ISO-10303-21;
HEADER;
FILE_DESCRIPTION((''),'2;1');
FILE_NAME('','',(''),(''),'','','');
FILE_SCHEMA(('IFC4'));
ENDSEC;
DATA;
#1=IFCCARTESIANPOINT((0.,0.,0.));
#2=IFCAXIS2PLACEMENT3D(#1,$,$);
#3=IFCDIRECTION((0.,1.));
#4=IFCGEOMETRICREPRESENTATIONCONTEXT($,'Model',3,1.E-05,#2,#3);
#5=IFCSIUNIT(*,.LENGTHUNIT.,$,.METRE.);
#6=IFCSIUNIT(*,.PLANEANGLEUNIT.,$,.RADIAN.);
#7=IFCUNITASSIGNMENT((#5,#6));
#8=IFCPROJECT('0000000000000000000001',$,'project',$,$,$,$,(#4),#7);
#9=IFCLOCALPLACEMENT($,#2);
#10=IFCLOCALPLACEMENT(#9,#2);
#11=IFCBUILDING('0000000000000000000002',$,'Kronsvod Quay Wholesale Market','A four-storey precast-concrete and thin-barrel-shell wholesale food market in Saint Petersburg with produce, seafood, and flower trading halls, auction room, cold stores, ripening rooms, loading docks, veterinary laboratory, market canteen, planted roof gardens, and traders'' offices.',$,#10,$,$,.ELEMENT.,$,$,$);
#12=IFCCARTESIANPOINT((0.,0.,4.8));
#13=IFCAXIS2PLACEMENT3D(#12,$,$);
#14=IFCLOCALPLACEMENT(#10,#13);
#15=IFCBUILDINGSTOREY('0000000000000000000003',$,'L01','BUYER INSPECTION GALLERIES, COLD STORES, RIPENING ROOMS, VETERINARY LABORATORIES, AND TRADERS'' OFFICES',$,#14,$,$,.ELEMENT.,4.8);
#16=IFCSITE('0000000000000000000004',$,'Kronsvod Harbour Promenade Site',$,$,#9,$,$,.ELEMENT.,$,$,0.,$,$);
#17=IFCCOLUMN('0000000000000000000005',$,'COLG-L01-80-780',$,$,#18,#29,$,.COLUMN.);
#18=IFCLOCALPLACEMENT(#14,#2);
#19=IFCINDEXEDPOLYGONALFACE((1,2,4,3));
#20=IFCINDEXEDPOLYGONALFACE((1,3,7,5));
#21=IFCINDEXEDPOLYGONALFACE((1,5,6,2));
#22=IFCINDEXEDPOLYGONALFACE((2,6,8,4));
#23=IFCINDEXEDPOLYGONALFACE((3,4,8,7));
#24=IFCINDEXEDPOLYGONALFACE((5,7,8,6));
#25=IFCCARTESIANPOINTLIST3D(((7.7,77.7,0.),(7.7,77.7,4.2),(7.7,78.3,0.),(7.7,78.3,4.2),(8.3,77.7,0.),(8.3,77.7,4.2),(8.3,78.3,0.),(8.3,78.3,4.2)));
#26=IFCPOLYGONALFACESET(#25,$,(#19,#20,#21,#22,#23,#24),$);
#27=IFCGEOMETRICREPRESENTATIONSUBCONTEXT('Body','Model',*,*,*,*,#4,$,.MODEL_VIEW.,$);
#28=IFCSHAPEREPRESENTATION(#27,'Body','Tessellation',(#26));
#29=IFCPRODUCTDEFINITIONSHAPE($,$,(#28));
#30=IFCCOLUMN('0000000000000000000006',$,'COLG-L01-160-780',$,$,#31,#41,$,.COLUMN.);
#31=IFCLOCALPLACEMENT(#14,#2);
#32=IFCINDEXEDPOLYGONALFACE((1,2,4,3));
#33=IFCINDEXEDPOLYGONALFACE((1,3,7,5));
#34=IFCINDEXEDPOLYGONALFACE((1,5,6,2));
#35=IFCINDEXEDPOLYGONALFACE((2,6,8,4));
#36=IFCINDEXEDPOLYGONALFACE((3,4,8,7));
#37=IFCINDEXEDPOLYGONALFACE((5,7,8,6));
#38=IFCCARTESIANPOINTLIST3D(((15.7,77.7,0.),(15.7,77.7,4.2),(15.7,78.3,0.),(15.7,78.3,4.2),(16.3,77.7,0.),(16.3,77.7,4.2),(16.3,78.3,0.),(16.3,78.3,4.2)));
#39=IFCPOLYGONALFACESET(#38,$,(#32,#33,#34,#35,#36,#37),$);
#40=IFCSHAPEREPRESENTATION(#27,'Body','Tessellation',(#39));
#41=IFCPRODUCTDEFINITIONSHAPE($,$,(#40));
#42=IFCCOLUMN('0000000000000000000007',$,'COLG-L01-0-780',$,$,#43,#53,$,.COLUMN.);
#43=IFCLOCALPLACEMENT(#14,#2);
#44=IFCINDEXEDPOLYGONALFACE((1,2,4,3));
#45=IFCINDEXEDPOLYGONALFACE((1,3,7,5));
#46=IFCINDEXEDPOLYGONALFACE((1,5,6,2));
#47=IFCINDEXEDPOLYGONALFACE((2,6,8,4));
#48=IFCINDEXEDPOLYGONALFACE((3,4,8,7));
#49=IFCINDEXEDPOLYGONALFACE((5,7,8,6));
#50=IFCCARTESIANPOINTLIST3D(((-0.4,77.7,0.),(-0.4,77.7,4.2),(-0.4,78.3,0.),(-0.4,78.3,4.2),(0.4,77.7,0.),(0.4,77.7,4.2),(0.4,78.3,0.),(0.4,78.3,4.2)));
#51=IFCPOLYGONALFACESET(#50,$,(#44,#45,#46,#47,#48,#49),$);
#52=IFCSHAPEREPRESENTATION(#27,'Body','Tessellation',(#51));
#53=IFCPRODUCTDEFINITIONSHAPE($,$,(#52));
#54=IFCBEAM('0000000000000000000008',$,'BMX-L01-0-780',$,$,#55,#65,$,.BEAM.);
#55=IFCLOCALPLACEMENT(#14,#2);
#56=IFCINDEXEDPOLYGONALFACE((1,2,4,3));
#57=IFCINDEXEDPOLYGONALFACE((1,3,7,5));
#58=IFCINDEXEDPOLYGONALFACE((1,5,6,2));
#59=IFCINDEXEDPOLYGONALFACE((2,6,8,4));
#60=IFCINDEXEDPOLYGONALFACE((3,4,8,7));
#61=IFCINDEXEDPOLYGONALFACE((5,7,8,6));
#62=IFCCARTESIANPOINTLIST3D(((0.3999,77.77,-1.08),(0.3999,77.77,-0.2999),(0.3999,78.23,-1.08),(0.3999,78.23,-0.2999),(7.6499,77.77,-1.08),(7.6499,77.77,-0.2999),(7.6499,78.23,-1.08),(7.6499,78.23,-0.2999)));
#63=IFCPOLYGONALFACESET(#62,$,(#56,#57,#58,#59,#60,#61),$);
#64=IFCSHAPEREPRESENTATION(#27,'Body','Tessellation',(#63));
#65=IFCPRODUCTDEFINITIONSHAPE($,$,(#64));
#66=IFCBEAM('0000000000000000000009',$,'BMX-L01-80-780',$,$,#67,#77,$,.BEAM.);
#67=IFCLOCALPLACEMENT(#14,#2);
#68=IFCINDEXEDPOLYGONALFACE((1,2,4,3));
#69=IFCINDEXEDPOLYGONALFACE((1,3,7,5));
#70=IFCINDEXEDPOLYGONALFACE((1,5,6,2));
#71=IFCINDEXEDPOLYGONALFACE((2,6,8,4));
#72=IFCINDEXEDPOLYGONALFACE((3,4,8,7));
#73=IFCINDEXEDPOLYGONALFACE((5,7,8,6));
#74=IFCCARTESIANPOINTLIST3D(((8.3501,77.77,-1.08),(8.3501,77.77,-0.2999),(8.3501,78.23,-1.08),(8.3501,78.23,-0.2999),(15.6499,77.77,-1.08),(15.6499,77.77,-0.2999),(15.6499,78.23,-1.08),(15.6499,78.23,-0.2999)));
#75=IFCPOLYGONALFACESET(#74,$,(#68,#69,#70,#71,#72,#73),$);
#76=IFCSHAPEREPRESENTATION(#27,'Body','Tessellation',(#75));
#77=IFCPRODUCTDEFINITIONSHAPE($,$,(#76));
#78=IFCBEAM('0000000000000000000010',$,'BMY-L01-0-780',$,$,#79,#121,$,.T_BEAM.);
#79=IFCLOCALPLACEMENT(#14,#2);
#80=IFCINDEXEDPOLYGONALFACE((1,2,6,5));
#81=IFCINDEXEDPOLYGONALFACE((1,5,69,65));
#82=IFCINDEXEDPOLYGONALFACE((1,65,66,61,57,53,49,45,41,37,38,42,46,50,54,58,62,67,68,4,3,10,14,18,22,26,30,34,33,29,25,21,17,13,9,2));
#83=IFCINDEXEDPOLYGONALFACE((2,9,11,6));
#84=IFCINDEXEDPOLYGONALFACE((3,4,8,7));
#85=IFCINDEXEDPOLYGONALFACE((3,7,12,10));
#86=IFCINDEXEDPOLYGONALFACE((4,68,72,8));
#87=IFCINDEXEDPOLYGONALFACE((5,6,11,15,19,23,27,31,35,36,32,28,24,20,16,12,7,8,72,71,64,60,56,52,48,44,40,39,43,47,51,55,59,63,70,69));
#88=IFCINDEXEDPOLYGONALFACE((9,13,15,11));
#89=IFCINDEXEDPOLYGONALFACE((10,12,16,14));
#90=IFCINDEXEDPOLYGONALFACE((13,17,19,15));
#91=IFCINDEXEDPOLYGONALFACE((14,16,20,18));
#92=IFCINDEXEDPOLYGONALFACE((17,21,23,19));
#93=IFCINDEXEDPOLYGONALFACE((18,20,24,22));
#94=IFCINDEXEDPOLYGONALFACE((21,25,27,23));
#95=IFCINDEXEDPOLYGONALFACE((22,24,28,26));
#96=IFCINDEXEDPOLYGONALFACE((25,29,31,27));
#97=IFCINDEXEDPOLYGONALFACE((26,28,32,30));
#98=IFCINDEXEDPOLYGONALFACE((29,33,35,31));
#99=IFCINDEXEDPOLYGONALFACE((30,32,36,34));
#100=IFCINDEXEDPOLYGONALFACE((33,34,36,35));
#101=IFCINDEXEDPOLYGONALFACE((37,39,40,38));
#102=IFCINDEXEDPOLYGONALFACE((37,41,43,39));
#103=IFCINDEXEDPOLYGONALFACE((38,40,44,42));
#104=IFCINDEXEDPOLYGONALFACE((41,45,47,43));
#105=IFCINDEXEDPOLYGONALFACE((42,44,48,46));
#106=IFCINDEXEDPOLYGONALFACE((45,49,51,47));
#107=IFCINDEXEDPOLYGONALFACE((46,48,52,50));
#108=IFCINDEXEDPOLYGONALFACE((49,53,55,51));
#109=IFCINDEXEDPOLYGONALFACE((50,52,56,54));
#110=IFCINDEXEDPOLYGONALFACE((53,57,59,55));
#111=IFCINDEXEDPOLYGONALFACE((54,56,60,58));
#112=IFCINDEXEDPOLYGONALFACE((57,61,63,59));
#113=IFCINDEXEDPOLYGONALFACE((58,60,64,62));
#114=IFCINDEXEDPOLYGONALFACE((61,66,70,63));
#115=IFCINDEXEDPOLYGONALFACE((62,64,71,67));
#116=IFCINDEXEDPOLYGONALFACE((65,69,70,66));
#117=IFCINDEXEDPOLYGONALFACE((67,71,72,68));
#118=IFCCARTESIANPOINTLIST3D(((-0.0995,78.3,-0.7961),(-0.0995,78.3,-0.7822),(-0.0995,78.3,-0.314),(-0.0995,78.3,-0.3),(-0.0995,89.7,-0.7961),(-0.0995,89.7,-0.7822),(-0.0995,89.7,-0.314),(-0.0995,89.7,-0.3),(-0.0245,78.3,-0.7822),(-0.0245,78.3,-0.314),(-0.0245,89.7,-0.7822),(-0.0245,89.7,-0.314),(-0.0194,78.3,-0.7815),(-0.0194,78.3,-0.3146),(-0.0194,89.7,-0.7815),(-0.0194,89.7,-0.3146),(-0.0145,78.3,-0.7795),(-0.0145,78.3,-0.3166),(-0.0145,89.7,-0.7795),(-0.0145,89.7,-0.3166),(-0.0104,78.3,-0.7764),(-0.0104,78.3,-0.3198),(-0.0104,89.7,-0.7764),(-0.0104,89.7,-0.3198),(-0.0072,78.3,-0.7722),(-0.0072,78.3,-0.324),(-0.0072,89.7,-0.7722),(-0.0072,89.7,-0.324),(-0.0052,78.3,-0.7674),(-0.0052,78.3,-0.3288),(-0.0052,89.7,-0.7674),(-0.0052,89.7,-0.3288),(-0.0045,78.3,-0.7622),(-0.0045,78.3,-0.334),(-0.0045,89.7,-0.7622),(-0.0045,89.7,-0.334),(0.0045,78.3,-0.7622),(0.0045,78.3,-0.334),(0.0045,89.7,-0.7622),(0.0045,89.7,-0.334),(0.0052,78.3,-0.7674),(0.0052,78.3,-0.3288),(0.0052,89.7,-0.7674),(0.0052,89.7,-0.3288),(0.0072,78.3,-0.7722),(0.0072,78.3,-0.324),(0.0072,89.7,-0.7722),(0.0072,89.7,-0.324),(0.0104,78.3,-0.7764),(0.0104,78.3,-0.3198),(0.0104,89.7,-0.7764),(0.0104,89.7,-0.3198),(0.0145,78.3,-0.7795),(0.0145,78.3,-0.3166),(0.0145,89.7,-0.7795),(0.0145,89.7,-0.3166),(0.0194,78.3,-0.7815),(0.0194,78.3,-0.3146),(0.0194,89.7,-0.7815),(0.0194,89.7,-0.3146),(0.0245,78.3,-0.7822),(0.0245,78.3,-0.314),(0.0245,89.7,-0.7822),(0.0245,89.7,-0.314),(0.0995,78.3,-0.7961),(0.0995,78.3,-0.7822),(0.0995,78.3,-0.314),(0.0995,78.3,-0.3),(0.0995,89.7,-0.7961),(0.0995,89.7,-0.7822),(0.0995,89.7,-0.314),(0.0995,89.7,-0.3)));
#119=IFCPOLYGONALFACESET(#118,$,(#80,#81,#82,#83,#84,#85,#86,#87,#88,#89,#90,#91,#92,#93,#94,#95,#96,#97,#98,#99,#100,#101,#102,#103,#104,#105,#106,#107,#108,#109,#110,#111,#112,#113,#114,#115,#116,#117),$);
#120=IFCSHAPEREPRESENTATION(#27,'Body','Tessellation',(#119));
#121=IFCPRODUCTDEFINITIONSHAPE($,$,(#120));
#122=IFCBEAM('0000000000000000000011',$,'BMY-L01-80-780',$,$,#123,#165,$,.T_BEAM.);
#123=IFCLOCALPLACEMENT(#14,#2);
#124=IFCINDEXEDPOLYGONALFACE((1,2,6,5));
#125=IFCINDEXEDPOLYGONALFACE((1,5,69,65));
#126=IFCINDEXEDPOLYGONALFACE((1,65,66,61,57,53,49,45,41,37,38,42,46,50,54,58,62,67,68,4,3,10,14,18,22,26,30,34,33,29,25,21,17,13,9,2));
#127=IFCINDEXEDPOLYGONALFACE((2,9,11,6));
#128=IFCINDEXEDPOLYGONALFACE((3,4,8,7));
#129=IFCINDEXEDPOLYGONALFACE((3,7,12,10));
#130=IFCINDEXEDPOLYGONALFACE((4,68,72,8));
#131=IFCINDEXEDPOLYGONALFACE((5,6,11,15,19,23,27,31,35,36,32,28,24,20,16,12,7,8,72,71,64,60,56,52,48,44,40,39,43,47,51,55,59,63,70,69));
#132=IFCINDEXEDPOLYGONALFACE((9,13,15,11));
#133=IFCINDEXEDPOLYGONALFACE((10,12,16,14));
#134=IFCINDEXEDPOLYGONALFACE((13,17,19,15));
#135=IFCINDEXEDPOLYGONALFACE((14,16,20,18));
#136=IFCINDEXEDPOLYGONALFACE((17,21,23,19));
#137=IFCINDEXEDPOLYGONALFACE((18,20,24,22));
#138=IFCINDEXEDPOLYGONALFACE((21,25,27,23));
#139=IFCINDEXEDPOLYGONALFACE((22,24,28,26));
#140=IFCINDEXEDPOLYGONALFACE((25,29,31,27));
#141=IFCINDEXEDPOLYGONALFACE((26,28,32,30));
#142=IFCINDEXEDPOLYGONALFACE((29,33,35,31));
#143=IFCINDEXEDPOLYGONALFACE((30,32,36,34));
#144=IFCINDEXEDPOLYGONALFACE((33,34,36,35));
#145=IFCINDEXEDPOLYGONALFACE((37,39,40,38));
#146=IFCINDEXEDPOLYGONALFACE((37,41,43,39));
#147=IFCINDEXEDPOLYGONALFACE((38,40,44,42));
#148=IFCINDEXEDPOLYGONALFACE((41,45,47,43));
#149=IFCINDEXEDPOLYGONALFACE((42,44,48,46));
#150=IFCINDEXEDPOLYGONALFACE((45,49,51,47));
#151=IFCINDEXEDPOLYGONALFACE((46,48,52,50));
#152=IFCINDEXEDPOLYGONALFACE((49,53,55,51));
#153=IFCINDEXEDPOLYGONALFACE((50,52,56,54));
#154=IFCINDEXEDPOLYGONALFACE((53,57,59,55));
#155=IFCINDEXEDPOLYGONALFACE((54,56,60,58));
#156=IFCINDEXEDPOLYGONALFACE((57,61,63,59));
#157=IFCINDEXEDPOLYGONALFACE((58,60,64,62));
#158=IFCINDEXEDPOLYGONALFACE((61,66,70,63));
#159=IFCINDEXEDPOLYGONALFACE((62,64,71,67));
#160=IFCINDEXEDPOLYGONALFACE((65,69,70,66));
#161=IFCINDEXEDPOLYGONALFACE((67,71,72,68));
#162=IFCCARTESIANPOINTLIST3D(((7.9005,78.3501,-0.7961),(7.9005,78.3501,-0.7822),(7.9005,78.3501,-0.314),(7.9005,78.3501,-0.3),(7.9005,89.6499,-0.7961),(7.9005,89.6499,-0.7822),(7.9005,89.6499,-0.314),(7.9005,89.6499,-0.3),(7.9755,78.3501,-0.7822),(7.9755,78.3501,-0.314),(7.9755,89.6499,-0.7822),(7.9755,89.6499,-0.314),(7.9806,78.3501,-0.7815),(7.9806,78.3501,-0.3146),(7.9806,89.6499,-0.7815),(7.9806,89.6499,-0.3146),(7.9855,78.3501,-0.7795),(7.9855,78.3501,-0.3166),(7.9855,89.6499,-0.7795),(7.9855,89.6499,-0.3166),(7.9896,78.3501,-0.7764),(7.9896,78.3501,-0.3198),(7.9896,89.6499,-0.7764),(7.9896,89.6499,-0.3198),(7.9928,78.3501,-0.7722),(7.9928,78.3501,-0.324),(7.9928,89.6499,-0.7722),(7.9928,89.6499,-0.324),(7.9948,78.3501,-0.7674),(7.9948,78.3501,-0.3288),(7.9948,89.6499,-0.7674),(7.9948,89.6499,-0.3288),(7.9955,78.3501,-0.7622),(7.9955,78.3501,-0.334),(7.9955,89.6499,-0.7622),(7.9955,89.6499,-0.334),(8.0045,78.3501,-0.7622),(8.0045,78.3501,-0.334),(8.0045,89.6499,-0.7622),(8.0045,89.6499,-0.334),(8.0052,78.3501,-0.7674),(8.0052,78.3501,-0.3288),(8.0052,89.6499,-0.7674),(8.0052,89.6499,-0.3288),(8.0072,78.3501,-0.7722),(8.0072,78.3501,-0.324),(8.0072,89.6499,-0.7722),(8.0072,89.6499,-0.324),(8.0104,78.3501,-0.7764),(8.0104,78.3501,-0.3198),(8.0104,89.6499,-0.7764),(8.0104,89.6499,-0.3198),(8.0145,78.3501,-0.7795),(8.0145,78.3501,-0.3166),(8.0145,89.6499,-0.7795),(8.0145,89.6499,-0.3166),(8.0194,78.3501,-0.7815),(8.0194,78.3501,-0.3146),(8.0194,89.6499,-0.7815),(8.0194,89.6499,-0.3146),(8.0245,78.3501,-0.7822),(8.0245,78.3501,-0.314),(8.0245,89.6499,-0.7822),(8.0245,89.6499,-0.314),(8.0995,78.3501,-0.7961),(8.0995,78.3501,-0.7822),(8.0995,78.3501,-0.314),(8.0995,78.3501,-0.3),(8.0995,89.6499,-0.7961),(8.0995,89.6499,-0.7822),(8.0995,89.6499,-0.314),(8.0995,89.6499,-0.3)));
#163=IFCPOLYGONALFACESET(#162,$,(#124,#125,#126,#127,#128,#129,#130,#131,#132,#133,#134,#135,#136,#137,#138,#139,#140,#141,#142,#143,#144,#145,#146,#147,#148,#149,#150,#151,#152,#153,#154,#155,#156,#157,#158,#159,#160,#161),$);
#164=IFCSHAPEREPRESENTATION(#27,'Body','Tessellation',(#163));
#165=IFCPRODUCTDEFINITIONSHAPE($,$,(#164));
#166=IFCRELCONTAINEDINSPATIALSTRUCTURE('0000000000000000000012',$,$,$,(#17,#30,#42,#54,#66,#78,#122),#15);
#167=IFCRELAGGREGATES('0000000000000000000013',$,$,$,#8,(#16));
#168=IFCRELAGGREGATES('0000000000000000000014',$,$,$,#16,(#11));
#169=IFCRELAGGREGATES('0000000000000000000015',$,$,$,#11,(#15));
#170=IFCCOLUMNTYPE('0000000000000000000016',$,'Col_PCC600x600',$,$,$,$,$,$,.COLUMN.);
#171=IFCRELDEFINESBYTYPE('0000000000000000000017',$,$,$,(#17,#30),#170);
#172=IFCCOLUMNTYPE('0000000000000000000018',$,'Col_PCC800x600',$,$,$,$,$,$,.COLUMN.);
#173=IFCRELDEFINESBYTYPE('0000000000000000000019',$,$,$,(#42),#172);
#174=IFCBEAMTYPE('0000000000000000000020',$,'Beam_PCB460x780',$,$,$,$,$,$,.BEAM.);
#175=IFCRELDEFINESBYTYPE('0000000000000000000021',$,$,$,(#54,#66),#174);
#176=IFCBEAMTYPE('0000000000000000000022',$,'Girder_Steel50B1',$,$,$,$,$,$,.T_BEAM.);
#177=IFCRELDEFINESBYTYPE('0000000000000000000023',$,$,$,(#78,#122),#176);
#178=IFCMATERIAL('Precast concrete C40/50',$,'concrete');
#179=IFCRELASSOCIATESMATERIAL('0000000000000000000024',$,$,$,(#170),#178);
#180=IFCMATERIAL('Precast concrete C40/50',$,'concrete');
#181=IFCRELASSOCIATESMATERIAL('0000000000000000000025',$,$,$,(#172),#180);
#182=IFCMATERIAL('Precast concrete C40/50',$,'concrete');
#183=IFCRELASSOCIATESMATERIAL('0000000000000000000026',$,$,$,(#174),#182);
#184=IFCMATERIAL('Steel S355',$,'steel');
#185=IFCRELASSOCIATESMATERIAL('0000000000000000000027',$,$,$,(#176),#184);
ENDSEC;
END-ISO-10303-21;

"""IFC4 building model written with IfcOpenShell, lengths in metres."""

from ifc_helpers import new_model, si_unit, direction, frame, origin, origin_2d, place, context, subcontext, project, spatial, rectangle, i_section, extrude, material, material_profile, profile_set, type_object, element, save


model = new_model("IFC4")

# Units and contexts
model_context = context("Model", 3, precision=1e-05, world=origin(), true_north=direction((0.0, 1.0)))
body_context = subcontext(model_context, "Body", "Model", "MODEL_VIEW")
ifc_project = project(units=[si_unit("LENGTHUNIT", "METRE"), si_unit("PLANEANGLEUNIT", "RADIAN")], contexts=[model_context])

# Site, building, storey
site_placement = place(None, origin())
site = spatial("IfcSite", under=ifc_project, at=site_placement, Name="Kronsvod Harbour Promenade Site", CompositionType="ELEMENT", RefElevation=0.0)
building_placement = place(site_placement, origin())
building = spatial("IfcBuilding", under=site, at=building_placement, Name="Kronsvod Quay Wholesale Market", Description="A four-storey precast-concrete and thin-barrel-shell wholesale food market in Saint Petersburg with produce, seafood, and flower trading halls, auction room, cold stores, ripening rooms, loading docks, veterinary laboratory, market canteen, planted roof gardens, and traders' offices.", CompositionType="ELEMENT")
storey_placement = place(building_placement, frame((0.0, 0.0, 4.8)))
storey = spatial("IfcBuildingStorey", under=building, at=storey_placement, Name="L01", Description="BUYER INSPECTION GALLERIES, COLD STORES, RIPENING ROOMS, VETERINARY LABORATORIES, AND TRADERS' OFFICES", CompositionType="ELEMENT", Elevation=4.8)

# Columns
ifc_material_1 = material(Name="Precast concrete C40/50", Category="concrete")
ifc_material_profile_1 = material_profile(ifc_material_1, rectangle(XDim=0.6001, YDim=0.6001, at=origin_2d()), Name="PCC600x600")
ifc_profile_set_1 = profile_set([ifc_material_profile_1], Name="Precast concrete C40/50")
column_type_1 = type_object("IfcColumnType", Name="Col_PCC600x600", PredefinedType="COLUMN", material=ifc_profile_set_1)
for number, where, z_axis, x_axis, name in (
    (1, (8.0, 78.0, 0.0), (0.0, 0.0, 1.0), (1.0, 0.0, 0.0), "COLG-L01-80-780"),
    (2, (16.0, 78.0, 0.0), (0.0, 0.0, 1.0), (1.0, 0.0, 0.0), "COLG-L01-160-780"),
):
    element("IfcColumn", number, at=place(storey_placement, frame(where, z_axis=z_axis, x_axis=x_axis)), inside=storey, type_object=column_type_1, Name=name, PredefinedType="COLUMN", context=body_context, shape_type="SweptSolid", body=[
        extrude(rectangle(XDim=0.6001, YDim=0.6001, at=origin_2d()), origin(), (0.0, 0.0, 1.0), 4.2),
    ])
ifc_material_2 = material(Name="Precast concrete C40/50", Category="concrete")
ifc_material_profile_2 = material_profile(ifc_material_2, rectangle(XDim=0.8, YDim=0.6001, at=origin_2d()), Name="PCC800x600")
ifc_profile_set_2 = profile_set([ifc_material_profile_2], Name="Precast concrete C40/50")
column_type_2 = type_object("IfcColumnType", Name="Col_PCC800x600", PredefinedType="COLUMN", material=ifc_profile_set_2)
column_placement = place(storey_placement, frame((0.0, 78.0, 0.0), z_axis=(0.0, 0.0, 1.0), x_axis=(1.0, 0.0, 0.0)))
element("IfcColumn", 3, at=column_placement, inside=storey, type_object=column_type_2, Name="COLG-L01-0-780", PredefinedType="COLUMN", context=body_context, shape_type="SweptSolid", body=[
    extrude(rectangle(XDim=0.8, YDim=0.6001, at=origin_2d()), origin(), (0.0, 0.0, 1.0), 4.2),
])

# Beams
ifc_material_3 = material(Name="Precast concrete C40/50", Category="concrete")
ifc_material_profile_3 = material_profile(ifc_material_3, rectangle(XDim=0.46, YDim=0.78, at=origin_2d()), Name="PB-03")
ifc_profile_set_3 = profile_set([ifc_material_profile_3], Name="Precast concrete C40/50")
beam_type_1 = type_object("IfcBeamType", Name="Beam_PCB460x780", PredefinedType="BEAM", material=ifc_profile_set_3)
beam_1_placement = place(storey_placement, frame((0.3999, 78.0, -0.6899), z_axis=(1.0, 0.0, 0.0), x_axis=(0.0, 1.0, 0.0)))
element("IfcBeam", 4, at=beam_1_placement, inside=storey, type_object=beam_type_1, Name="BMX-L01-0-780", PredefinedType="BEAM", context=body_context, shape_type="SweptSolid", body=[
    extrude(rectangle(XDim=0.46, YDim=0.78, at=origin_2d()), origin(), (0.0, 0.0, 1.0), 7.25),
])
beam_2_placement = place(storey_placement, frame((8.3501, 78.0, -0.6899), z_axis=(1.0, 0.0, 0.0), x_axis=(0.0, 1.0, 0.0)))
element("IfcBeam", 5, at=beam_2_placement, inside=storey, type_object=beam_type_1, Name="BMX-L01-80-780", PredefinedType="BEAM", context=body_context, shape_type="SweptSolid", body=[
    extrude(rectangle(XDim=0.46, YDim=0.78, at=origin_2d()), origin(), (0.0, 0.0, 1.0), 7.2998),
])
ifc_material_4 = material(Name="Steel S355", Category="steel")
ifc_material_profile_4 = material_profile(ifc_material_4, i_section(OverallWidth=0.199, OverallDepth=0.4961, WebThickness=0.009, FlangeThickness=0.0139, FilletRadius=0.02, at=origin_2d()), Name="50B1")
ifc_profile_set_4 = profile_set([ifc_material_profile_4], Name="Steel S355")
beam_type_2 = type_object("IfcBeamType", Name="Girder_Steel50B1", PredefinedType="T_BEAM", material=ifc_profile_set_4)
beam_3_placement = place(storey_placement, frame((0.0, 78.3, -0.5481), z_axis=(0.0, 1.0, 0.0), x_axis=(-1.0, 0.0, 0.0)))
element("IfcBeam", 6, at=beam_3_placement, inside=storey, type_object=beam_type_2, Name="BMY-L01-0-780", PredefinedType="T_BEAM", context=body_context, shape_type="SweptSolid", body=[
    extrude(i_section(OverallWidth=0.199, OverallDepth=0.4961, WebThickness=0.009, FlangeThickness=0.0139, FilletRadius=0.02, at=origin_2d()), origin(), (0.0, 0.0, 1.0), 11.3999),
])
for number, where, z_axis, x_axis, name in (
    (7, (8.0, 78.3501, -0.5481), (0.0, 1.0, 0.0), (-1.0, 0.0, 0.0), "BMY-L01-80-780"),
):
    element("IfcBeam", number, at=place(storey_placement, frame(where, z_axis=z_axis, x_axis=x_axis)), inside=storey, type_object=beam_type_2, Name=name, PredefinedType="T_BEAM", context=body_context, shape_type="SweptSolid", body=[
        extrude(i_section(OverallWidth=0.199, OverallDepth=0.4961, WebThickness=0.009, FlangeThickness=0.0139, FilletRadius=0.02, at=origin_2d()), origin(), (0.0, 0.0, 1.0), 11.2998),
    ])

save(model, "model.ifc")
